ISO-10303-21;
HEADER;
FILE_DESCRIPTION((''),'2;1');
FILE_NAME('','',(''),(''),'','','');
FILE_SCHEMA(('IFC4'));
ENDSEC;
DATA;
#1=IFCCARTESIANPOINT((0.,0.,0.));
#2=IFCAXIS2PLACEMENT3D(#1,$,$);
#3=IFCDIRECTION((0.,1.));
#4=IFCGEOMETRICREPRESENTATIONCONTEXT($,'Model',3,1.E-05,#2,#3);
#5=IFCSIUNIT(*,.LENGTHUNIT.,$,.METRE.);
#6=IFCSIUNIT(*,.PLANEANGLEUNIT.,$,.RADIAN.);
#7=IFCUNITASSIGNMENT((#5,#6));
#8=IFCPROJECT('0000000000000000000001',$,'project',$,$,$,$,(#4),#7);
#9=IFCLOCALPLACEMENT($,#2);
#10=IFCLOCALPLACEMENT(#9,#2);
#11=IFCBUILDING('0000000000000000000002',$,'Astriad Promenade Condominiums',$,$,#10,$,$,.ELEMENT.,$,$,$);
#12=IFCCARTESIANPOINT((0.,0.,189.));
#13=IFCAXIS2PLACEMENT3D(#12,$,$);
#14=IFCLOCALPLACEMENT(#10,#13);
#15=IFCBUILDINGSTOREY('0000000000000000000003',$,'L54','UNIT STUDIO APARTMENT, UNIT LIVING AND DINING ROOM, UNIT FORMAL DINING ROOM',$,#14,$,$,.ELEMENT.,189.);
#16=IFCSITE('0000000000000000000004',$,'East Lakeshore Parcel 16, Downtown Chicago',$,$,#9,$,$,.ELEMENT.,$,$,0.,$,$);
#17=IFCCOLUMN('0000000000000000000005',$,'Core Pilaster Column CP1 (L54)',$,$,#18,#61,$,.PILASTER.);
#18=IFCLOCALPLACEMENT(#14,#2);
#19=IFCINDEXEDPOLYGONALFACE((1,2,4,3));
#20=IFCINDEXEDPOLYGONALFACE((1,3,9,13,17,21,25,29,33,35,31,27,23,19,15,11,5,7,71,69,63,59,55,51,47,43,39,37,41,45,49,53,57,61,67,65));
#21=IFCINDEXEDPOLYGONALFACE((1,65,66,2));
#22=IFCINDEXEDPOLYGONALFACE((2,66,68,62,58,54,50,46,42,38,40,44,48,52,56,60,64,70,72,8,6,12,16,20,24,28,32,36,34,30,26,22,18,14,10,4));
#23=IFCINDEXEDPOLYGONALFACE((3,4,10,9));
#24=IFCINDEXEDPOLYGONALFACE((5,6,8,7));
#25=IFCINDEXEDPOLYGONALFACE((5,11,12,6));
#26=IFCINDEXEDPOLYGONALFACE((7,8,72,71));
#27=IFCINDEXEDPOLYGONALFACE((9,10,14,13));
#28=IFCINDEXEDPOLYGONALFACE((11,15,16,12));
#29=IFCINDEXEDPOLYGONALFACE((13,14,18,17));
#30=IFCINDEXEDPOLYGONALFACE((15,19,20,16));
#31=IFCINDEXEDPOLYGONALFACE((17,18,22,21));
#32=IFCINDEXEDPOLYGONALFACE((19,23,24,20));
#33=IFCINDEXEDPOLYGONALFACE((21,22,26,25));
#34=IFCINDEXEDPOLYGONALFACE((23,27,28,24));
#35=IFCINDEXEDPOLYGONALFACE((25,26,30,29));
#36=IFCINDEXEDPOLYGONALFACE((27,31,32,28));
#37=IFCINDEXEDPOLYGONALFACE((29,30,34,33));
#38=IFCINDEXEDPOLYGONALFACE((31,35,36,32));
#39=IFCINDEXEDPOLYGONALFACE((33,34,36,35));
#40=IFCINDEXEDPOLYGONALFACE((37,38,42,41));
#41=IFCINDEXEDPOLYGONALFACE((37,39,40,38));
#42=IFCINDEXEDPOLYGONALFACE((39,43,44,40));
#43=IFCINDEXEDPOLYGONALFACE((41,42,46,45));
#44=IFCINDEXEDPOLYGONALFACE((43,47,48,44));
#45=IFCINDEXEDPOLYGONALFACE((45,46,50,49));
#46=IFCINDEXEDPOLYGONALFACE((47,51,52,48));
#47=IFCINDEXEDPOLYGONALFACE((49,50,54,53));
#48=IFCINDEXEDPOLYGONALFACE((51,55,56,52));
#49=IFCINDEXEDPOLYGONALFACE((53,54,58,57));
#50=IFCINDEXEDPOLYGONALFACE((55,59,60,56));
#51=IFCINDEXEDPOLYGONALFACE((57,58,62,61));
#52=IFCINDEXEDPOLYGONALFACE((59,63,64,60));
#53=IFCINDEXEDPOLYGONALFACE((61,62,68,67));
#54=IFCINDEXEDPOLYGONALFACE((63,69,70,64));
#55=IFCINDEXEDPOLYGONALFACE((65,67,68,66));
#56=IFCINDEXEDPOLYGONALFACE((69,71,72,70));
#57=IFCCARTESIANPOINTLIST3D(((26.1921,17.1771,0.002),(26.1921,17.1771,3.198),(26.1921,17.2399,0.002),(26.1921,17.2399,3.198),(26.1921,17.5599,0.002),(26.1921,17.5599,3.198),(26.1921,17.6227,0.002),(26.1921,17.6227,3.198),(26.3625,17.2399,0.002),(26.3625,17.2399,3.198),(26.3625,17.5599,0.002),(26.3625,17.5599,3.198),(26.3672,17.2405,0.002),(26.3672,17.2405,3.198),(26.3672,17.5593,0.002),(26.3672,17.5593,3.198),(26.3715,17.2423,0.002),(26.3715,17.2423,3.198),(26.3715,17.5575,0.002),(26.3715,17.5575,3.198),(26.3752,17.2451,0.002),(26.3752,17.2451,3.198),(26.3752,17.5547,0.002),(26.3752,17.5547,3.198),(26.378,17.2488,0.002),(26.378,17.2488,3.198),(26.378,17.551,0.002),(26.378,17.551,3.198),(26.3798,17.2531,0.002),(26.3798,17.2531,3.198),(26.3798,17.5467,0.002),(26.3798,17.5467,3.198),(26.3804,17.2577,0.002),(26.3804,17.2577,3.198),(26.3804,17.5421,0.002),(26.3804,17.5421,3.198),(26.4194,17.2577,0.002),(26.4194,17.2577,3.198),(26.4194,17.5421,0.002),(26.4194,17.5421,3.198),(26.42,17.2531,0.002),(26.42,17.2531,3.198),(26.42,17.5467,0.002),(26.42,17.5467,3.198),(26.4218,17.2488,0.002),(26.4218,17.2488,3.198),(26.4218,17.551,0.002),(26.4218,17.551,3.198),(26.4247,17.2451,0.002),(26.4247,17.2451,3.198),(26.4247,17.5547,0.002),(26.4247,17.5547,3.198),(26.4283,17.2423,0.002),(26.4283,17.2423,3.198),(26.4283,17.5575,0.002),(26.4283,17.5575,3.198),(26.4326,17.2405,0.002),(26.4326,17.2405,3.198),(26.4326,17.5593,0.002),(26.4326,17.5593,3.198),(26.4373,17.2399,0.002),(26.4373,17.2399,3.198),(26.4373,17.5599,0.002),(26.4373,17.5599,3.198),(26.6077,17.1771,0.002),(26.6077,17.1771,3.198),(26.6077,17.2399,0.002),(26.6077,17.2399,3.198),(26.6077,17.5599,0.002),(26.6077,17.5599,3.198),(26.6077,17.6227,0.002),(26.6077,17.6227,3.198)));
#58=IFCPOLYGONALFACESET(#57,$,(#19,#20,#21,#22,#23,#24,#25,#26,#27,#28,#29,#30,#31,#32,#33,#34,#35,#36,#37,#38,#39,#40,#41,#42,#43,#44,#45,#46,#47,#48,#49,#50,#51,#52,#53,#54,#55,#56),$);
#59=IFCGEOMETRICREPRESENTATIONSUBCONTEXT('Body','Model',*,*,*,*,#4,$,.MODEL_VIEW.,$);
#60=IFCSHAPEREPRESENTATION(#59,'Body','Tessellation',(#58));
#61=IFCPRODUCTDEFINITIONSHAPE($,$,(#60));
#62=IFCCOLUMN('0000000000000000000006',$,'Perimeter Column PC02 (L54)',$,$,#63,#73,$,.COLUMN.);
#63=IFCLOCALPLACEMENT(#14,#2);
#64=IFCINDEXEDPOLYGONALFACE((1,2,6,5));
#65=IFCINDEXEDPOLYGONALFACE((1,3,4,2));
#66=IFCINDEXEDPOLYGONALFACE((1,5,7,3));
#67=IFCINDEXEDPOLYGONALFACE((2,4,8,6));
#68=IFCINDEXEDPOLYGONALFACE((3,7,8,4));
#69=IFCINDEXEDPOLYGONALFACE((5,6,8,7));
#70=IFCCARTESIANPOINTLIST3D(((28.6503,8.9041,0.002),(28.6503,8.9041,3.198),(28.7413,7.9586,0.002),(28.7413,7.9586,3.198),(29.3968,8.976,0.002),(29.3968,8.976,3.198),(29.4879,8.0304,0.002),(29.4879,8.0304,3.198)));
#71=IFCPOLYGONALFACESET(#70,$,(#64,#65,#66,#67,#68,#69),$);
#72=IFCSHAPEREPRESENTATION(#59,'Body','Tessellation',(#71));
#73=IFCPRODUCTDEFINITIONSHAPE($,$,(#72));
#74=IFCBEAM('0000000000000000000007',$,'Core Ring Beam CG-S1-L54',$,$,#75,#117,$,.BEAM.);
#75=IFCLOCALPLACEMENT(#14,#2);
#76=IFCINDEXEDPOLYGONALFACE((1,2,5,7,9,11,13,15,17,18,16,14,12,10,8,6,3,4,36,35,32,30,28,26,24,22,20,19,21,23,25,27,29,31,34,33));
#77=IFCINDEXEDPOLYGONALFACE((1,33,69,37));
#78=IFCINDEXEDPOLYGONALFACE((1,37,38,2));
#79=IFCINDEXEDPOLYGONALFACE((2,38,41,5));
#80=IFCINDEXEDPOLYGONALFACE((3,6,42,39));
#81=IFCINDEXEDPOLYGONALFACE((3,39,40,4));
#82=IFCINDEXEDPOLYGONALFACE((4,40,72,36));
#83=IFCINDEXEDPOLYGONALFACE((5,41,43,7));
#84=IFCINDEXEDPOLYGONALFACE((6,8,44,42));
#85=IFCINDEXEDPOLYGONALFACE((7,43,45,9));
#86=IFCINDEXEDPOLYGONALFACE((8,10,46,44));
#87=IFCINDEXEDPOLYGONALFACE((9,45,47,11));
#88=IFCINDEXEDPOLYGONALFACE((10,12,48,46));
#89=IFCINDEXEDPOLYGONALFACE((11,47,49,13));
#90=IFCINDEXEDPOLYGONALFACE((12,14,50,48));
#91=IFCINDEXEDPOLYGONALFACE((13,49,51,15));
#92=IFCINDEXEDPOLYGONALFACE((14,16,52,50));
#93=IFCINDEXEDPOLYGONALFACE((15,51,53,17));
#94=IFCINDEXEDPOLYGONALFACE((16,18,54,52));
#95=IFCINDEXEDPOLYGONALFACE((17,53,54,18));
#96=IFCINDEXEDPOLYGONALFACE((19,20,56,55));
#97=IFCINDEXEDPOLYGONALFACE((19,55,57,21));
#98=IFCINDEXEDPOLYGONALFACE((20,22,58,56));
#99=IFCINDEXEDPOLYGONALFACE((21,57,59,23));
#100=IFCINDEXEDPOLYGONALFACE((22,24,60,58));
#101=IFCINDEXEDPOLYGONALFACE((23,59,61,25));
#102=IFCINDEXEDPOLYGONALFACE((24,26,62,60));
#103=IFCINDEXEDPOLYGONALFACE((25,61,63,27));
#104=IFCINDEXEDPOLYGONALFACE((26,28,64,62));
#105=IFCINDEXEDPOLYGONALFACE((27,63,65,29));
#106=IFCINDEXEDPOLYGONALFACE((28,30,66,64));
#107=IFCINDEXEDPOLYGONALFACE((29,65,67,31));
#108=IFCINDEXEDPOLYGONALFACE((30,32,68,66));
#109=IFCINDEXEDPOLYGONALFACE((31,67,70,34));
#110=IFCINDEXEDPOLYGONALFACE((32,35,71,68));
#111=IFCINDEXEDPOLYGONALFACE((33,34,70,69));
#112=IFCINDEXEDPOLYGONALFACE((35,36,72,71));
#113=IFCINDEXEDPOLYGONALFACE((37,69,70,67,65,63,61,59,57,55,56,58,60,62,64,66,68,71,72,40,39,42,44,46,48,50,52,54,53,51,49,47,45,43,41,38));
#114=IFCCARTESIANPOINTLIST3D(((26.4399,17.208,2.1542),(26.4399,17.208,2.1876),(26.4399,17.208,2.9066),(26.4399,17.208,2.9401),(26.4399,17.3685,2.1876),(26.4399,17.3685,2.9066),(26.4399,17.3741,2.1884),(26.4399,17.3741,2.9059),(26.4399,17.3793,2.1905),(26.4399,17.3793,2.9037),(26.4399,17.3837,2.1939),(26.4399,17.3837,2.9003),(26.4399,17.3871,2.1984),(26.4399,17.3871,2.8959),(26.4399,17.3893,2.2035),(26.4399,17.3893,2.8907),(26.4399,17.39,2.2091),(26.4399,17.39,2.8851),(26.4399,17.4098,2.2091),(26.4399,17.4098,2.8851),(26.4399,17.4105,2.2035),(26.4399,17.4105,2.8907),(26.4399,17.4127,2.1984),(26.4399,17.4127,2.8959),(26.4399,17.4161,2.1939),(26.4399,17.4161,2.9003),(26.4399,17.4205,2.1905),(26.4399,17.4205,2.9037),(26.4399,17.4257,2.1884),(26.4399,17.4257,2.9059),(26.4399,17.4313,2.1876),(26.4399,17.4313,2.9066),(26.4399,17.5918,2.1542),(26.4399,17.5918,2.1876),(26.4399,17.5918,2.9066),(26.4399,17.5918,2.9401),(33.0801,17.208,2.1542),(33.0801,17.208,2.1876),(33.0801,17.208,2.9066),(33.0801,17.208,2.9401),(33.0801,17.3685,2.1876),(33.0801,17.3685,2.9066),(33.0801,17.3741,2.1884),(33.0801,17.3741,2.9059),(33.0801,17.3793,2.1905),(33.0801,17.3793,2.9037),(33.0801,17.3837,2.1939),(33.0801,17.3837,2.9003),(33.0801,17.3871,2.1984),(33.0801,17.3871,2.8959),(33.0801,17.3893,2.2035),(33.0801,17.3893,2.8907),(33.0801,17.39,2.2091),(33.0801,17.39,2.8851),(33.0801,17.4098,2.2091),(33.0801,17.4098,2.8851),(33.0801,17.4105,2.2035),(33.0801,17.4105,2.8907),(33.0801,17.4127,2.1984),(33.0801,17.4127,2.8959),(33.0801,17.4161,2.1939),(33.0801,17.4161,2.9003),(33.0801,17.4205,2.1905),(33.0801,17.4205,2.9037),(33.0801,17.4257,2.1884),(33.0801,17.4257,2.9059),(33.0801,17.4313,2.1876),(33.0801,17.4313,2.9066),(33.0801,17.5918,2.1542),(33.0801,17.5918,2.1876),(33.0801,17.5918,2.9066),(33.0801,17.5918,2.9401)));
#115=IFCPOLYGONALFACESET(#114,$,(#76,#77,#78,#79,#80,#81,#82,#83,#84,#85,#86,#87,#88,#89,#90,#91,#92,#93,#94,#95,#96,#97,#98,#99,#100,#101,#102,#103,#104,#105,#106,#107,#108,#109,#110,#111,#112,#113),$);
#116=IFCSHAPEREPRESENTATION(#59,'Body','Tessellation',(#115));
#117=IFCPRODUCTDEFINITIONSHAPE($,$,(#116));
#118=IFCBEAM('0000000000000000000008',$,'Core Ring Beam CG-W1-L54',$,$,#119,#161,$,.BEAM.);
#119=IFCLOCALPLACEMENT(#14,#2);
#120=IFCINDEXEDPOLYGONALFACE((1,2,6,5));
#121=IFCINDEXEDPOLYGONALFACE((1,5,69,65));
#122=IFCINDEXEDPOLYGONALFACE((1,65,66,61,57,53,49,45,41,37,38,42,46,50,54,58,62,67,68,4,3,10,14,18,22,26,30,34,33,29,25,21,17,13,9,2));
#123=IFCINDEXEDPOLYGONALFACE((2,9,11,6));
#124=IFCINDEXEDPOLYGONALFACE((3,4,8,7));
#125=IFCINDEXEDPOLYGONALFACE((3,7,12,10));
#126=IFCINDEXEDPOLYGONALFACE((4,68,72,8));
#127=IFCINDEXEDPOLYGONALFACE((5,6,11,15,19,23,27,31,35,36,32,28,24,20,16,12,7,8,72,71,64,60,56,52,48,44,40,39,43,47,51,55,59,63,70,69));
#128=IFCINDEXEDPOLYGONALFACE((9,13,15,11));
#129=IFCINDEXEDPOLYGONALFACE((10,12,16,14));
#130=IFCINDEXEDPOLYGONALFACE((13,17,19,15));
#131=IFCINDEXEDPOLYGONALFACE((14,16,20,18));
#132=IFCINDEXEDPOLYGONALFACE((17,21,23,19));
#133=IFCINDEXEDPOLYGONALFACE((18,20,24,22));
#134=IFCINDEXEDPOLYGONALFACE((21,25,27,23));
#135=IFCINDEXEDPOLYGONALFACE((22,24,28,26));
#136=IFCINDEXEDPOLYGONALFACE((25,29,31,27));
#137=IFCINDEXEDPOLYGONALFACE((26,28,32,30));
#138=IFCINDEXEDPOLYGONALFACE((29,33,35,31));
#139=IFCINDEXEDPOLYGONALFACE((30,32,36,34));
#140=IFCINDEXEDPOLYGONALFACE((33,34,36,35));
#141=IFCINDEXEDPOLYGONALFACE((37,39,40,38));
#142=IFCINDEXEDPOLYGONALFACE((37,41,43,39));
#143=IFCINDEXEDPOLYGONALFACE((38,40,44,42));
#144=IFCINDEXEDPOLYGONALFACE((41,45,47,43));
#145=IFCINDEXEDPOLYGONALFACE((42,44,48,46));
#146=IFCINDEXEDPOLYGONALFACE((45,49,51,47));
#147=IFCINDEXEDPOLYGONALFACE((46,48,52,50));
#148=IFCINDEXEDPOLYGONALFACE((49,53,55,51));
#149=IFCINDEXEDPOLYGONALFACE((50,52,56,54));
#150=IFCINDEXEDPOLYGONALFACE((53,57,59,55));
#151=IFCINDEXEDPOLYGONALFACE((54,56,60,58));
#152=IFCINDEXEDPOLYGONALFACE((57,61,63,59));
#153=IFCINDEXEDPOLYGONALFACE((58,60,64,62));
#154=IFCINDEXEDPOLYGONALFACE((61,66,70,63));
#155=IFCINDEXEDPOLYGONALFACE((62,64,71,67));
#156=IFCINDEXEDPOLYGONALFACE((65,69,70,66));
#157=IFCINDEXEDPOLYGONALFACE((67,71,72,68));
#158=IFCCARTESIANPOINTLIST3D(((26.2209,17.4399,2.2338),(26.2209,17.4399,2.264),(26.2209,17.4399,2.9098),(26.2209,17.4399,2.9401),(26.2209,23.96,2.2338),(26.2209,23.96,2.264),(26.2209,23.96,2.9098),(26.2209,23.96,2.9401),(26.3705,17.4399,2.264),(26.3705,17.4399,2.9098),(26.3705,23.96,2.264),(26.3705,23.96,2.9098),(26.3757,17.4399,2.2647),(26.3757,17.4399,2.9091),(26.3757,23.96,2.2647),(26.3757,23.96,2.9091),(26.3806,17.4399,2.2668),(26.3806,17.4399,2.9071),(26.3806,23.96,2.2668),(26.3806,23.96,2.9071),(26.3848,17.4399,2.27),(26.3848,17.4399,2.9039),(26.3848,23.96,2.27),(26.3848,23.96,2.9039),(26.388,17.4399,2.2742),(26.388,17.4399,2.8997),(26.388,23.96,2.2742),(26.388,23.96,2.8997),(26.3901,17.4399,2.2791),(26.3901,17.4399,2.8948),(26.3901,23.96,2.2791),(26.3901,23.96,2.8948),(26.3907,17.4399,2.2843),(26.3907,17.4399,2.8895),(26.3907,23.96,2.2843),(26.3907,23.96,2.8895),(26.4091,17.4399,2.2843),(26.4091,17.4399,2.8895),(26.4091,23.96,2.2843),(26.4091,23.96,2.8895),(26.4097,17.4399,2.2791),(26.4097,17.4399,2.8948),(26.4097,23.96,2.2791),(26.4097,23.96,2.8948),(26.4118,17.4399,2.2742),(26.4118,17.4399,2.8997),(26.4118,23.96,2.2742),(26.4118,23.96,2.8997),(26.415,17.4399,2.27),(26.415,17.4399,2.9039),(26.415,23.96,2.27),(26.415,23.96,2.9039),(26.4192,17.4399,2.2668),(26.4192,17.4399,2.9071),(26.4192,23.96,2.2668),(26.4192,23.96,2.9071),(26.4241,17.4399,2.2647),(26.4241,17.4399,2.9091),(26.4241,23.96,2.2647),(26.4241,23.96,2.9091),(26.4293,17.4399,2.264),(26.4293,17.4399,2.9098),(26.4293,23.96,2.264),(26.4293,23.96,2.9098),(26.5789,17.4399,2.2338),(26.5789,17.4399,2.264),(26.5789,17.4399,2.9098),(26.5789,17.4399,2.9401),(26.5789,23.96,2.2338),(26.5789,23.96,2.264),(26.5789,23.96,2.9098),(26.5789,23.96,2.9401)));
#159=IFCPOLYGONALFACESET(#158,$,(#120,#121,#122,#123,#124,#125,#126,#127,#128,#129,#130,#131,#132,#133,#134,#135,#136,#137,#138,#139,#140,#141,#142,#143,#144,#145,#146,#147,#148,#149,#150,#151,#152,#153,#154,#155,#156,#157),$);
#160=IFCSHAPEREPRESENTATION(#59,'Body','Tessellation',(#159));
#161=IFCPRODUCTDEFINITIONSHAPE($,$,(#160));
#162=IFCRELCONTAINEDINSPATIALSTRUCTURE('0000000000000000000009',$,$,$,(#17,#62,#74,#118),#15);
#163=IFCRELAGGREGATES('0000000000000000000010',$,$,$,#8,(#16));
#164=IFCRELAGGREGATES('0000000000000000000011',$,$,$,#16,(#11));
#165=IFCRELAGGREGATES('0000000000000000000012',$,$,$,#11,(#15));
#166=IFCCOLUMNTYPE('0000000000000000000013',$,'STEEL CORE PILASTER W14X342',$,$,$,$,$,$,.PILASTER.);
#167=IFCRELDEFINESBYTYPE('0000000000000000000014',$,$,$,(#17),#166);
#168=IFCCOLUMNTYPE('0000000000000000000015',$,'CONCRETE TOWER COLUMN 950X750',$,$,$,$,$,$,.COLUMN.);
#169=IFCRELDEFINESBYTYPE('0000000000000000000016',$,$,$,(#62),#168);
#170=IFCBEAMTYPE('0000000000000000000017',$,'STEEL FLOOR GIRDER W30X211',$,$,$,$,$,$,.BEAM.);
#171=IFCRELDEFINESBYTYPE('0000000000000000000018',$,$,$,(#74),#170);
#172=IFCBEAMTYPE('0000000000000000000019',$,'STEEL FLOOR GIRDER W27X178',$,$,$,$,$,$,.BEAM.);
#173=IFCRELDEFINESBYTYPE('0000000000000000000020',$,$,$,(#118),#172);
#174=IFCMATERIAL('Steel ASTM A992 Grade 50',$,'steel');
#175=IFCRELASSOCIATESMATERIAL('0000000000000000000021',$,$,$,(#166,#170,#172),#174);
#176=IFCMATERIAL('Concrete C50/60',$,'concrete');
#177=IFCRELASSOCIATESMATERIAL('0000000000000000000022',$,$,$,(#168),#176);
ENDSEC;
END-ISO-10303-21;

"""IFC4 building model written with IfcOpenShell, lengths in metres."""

from ifc_helpers import new_model, si_unit, direction, frame, origin, origin_2d, place, context, subcontext, project, spatial, rectangle, i_section, extrude, source, transform, mapped, material, material_profile, profile_set, type_object, type_shapes, element, save


model = new_model("IFC4")

# Units and contexts
model_context = context("Model", 3, precision=1e-05, world=origin(), true_north=direction((0.0, 1.0)))
body_context = subcontext(model_context, "Body", "Model", "MODEL_VIEW")
ifc_project = project(units=[si_unit("LENGTHUNIT", "METRE"), si_unit("PLANEANGLEUNIT", "RADIAN")], contexts=[model_context])

# Site, building, storey
site_placement = place(None, origin())
site = spatial("IfcSite", under=ifc_project, at=site_placement, Name="East Lakeshore Parcel 16, Downtown Chicago", CompositionType="ELEMENT", RefElevation=0.0)
building_placement = place(site_placement, origin())
building = spatial("IfcBuilding", under=site, at=building_placement, Name="Astriad Promenade Condominiums", CompositionType="ELEMENT")
storey_placement = place(building_placement, frame((0.0, 0.0, 189.0)))
storey = spatial("IfcBuildingStorey", under=building, at=storey_placement, Name="L54", Description="UNIT STUDIO APARTMENT, UNIT LIVING AND DINING ROOM, UNIT FORMAL DINING ROOM", CompositionType="ELEMENT", Elevation=189.0)

# Columns
ifc_material_1 = material(Name="Steel ASTM A992 Grade 50", Category="steel")
ifc_material_profile_1 = material_profile(ifc_material_1, i_section(OverallWidth=0.4155, OverallDepth=0.4456, WebThickness=0.0391, FlangeThickness=0.0627, FilletRadius=0.0178, at=origin_2d()), Name="W14X342")
ifc_profile_set_1 = profile_set([ifc_material_profile_1], Name="Steel ASTM A992 Grade 50")
column_type_1 = type_object("IfcColumnType", Name="STEEL CORE PILASTER W14X342", PredefinedType="PILASTER", material=ifc_profile_set_1)
shared_shape_1 = source(origin(), body_context, "Body", "SweptSolid", [
    extrude(i_section(OverallWidth=0.4155, OverallDepth=0.4456, WebThickness=0.0391, FlangeThickness=0.0627, FilletRadius=0.0178, at=origin_2d()), origin(), (0.0, 0.0, 1.0), 3.196),
])
type_shapes(column_type_1, [shared_shape_1])
column_1_placement = place(storey_placement, frame((26.3999, 17.3999, 0.002), z_axis=(0.0, 0.0, 1.0), x_axis=(1.0, 0.0, 0.0)))
element("IfcColumn", 1, at=column_1_placement, inside=storey, type_object=column_type_1, Name="Core Pilaster Column CP1 (L54)", PredefinedType="PILASTER", context=body_context, shape_type="MappedRepresentation", body=[
    mapped(shared_shape_1, transform((0.0, 0.0, 0.0), scale=1.0)),
])
ifc_material_2 = material(Name="Concrete C50/60", Category="concrete")
ifc_material_profile_2 = material_profile(ifc_material_2, rectangle(XDim=0.75, YDim=0.95, at=origin_2d()), Name="RC-COL-950X750")
ifc_profile_set_2 = profile_set([ifc_material_profile_2], Name="Concrete C50/60")
column_type_2 = type_object("IfcColumnType", Name="CONCRETE TOWER COLUMN 950X750", PredefinedType="COLUMN", material=ifc_profile_set_2)
shared_shape_2 = source(origin(), body_context, "Body", "SweptSolid", [
    extrude(rectangle(XDim=0.75, YDim=0.95, at=origin_2d()), origin(), (0.0, 0.0, 1.0), 3.196),
])
type_shapes(column_type_2, [shared_shape_2])
column_2_placement = place(storey_placement, frame((29.0691, 8.4673, 0.002), z_axis=(0.0, 0.0, 1.0), x_axis=(0.995396, 0.095846, 0.0)))
element("IfcColumn", 2, at=column_2_placement, inside=storey, type_object=column_type_2, Name="Perimeter Column PC02 (L54)", PredefinedType="COLUMN", context=body_context, shape_type="MappedRepresentation", body=[
    mapped(shared_shape_2, transform((0.0, 0.0, 0.0), scale=1.0)),
])

# Beams
ifc_material_profile_3 = material_profile(ifc_material_1, i_section(OverallWidth=0.3838, OverallDepth=0.7859, WebThickness=0.0198, FlangeThickness=0.0334, FilletRadius=0.0215, at=origin_2d()), Name="W30X211")
ifc_profile_set_3 = profile_set([ifc_material_profile_3], Name="Steel ASTM A992 Grade 50")
beam_type_1 = type_object("IfcBeamType", Name="STEEL FLOOR GIRDER W30X211", PredefinedType="BEAM", material=ifc_profile_set_3)
shared_shape_3 = source(origin(), body_context, "Body", "SweptSolid", [
    extrude(i_section(OverallWidth=0.3838, OverallDepth=0.7859, WebThickness=0.0198, FlangeThickness=0.0334, FilletRadius=0.0215, at=origin_2d()), origin(), (0.0, 0.0, 1.0), 6.6401),
])
type_shapes(beam_type_1, [shared_shape_3])
beam_1_placement = place(storey_placement, frame((26.4399, 17.3999, 2.5471), z_axis=(1.0, 0.0, 0.0), x_axis=(0.0, 1.0, 0.0)))
element("IfcBeam", 3, at=beam_1_placement, inside=storey, type_object=beam_type_1, Name="Core Ring Beam CG-S1-L54", PredefinedType="BEAM", context=body_context, shape_type="MappedRepresentation", body=[
    mapped(shared_shape_3, transform((0.0, 0.0, 0.0), scale=1.0)),
])
ifc_material_profile_4 = material_profile(ifc_material_1, i_section(OverallWidth=0.3579, OverallDepth=0.7063, WebThickness=0.0183, FlangeThickness=0.0303, FilletRadius=0.0203, at=origin_2d()), Name="W27X178")
ifc_profile_set_4 = profile_set([ifc_material_profile_4], Name="Steel ASTM A992 Grade 50")
beam_type_2 = type_object("IfcBeamType", Name="STEEL FLOOR GIRDER W27X178", PredefinedType="BEAM", material=ifc_profile_set_4)
shared_shape_4 = source(origin(), body_context, "Body", "SweptSolid", [
    extrude(i_section(OverallWidth=0.3579, OverallDepth=0.7063, WebThickness=0.0183, FlangeThickness=0.0303, FilletRadius=0.0203, at=origin_2d()), origin(), (0.0, 0.0, 1.0), 6.52),
])
type_shapes(beam_type_2, [shared_shape_4])
beam_2_placement = place(storey_placement, frame((26.3999, 17.4399, 2.5869), z_axis=(0.0, 1.0, 0.0), x_axis=(-1.0, 0.0, 0.0)))
element("IfcBeam", 4, at=beam_2_placement, inside=storey, type_object=beam_type_2, Name="Core Ring Beam CG-W1-L54", PredefinedType="BEAM", context=body_context, shape_type="MappedRepresentation", body=[
    mapped(shared_shape_4, transform((0.0, 0.0, 0.0), scale=1.0)),
])

save(model, "model.ifc")
